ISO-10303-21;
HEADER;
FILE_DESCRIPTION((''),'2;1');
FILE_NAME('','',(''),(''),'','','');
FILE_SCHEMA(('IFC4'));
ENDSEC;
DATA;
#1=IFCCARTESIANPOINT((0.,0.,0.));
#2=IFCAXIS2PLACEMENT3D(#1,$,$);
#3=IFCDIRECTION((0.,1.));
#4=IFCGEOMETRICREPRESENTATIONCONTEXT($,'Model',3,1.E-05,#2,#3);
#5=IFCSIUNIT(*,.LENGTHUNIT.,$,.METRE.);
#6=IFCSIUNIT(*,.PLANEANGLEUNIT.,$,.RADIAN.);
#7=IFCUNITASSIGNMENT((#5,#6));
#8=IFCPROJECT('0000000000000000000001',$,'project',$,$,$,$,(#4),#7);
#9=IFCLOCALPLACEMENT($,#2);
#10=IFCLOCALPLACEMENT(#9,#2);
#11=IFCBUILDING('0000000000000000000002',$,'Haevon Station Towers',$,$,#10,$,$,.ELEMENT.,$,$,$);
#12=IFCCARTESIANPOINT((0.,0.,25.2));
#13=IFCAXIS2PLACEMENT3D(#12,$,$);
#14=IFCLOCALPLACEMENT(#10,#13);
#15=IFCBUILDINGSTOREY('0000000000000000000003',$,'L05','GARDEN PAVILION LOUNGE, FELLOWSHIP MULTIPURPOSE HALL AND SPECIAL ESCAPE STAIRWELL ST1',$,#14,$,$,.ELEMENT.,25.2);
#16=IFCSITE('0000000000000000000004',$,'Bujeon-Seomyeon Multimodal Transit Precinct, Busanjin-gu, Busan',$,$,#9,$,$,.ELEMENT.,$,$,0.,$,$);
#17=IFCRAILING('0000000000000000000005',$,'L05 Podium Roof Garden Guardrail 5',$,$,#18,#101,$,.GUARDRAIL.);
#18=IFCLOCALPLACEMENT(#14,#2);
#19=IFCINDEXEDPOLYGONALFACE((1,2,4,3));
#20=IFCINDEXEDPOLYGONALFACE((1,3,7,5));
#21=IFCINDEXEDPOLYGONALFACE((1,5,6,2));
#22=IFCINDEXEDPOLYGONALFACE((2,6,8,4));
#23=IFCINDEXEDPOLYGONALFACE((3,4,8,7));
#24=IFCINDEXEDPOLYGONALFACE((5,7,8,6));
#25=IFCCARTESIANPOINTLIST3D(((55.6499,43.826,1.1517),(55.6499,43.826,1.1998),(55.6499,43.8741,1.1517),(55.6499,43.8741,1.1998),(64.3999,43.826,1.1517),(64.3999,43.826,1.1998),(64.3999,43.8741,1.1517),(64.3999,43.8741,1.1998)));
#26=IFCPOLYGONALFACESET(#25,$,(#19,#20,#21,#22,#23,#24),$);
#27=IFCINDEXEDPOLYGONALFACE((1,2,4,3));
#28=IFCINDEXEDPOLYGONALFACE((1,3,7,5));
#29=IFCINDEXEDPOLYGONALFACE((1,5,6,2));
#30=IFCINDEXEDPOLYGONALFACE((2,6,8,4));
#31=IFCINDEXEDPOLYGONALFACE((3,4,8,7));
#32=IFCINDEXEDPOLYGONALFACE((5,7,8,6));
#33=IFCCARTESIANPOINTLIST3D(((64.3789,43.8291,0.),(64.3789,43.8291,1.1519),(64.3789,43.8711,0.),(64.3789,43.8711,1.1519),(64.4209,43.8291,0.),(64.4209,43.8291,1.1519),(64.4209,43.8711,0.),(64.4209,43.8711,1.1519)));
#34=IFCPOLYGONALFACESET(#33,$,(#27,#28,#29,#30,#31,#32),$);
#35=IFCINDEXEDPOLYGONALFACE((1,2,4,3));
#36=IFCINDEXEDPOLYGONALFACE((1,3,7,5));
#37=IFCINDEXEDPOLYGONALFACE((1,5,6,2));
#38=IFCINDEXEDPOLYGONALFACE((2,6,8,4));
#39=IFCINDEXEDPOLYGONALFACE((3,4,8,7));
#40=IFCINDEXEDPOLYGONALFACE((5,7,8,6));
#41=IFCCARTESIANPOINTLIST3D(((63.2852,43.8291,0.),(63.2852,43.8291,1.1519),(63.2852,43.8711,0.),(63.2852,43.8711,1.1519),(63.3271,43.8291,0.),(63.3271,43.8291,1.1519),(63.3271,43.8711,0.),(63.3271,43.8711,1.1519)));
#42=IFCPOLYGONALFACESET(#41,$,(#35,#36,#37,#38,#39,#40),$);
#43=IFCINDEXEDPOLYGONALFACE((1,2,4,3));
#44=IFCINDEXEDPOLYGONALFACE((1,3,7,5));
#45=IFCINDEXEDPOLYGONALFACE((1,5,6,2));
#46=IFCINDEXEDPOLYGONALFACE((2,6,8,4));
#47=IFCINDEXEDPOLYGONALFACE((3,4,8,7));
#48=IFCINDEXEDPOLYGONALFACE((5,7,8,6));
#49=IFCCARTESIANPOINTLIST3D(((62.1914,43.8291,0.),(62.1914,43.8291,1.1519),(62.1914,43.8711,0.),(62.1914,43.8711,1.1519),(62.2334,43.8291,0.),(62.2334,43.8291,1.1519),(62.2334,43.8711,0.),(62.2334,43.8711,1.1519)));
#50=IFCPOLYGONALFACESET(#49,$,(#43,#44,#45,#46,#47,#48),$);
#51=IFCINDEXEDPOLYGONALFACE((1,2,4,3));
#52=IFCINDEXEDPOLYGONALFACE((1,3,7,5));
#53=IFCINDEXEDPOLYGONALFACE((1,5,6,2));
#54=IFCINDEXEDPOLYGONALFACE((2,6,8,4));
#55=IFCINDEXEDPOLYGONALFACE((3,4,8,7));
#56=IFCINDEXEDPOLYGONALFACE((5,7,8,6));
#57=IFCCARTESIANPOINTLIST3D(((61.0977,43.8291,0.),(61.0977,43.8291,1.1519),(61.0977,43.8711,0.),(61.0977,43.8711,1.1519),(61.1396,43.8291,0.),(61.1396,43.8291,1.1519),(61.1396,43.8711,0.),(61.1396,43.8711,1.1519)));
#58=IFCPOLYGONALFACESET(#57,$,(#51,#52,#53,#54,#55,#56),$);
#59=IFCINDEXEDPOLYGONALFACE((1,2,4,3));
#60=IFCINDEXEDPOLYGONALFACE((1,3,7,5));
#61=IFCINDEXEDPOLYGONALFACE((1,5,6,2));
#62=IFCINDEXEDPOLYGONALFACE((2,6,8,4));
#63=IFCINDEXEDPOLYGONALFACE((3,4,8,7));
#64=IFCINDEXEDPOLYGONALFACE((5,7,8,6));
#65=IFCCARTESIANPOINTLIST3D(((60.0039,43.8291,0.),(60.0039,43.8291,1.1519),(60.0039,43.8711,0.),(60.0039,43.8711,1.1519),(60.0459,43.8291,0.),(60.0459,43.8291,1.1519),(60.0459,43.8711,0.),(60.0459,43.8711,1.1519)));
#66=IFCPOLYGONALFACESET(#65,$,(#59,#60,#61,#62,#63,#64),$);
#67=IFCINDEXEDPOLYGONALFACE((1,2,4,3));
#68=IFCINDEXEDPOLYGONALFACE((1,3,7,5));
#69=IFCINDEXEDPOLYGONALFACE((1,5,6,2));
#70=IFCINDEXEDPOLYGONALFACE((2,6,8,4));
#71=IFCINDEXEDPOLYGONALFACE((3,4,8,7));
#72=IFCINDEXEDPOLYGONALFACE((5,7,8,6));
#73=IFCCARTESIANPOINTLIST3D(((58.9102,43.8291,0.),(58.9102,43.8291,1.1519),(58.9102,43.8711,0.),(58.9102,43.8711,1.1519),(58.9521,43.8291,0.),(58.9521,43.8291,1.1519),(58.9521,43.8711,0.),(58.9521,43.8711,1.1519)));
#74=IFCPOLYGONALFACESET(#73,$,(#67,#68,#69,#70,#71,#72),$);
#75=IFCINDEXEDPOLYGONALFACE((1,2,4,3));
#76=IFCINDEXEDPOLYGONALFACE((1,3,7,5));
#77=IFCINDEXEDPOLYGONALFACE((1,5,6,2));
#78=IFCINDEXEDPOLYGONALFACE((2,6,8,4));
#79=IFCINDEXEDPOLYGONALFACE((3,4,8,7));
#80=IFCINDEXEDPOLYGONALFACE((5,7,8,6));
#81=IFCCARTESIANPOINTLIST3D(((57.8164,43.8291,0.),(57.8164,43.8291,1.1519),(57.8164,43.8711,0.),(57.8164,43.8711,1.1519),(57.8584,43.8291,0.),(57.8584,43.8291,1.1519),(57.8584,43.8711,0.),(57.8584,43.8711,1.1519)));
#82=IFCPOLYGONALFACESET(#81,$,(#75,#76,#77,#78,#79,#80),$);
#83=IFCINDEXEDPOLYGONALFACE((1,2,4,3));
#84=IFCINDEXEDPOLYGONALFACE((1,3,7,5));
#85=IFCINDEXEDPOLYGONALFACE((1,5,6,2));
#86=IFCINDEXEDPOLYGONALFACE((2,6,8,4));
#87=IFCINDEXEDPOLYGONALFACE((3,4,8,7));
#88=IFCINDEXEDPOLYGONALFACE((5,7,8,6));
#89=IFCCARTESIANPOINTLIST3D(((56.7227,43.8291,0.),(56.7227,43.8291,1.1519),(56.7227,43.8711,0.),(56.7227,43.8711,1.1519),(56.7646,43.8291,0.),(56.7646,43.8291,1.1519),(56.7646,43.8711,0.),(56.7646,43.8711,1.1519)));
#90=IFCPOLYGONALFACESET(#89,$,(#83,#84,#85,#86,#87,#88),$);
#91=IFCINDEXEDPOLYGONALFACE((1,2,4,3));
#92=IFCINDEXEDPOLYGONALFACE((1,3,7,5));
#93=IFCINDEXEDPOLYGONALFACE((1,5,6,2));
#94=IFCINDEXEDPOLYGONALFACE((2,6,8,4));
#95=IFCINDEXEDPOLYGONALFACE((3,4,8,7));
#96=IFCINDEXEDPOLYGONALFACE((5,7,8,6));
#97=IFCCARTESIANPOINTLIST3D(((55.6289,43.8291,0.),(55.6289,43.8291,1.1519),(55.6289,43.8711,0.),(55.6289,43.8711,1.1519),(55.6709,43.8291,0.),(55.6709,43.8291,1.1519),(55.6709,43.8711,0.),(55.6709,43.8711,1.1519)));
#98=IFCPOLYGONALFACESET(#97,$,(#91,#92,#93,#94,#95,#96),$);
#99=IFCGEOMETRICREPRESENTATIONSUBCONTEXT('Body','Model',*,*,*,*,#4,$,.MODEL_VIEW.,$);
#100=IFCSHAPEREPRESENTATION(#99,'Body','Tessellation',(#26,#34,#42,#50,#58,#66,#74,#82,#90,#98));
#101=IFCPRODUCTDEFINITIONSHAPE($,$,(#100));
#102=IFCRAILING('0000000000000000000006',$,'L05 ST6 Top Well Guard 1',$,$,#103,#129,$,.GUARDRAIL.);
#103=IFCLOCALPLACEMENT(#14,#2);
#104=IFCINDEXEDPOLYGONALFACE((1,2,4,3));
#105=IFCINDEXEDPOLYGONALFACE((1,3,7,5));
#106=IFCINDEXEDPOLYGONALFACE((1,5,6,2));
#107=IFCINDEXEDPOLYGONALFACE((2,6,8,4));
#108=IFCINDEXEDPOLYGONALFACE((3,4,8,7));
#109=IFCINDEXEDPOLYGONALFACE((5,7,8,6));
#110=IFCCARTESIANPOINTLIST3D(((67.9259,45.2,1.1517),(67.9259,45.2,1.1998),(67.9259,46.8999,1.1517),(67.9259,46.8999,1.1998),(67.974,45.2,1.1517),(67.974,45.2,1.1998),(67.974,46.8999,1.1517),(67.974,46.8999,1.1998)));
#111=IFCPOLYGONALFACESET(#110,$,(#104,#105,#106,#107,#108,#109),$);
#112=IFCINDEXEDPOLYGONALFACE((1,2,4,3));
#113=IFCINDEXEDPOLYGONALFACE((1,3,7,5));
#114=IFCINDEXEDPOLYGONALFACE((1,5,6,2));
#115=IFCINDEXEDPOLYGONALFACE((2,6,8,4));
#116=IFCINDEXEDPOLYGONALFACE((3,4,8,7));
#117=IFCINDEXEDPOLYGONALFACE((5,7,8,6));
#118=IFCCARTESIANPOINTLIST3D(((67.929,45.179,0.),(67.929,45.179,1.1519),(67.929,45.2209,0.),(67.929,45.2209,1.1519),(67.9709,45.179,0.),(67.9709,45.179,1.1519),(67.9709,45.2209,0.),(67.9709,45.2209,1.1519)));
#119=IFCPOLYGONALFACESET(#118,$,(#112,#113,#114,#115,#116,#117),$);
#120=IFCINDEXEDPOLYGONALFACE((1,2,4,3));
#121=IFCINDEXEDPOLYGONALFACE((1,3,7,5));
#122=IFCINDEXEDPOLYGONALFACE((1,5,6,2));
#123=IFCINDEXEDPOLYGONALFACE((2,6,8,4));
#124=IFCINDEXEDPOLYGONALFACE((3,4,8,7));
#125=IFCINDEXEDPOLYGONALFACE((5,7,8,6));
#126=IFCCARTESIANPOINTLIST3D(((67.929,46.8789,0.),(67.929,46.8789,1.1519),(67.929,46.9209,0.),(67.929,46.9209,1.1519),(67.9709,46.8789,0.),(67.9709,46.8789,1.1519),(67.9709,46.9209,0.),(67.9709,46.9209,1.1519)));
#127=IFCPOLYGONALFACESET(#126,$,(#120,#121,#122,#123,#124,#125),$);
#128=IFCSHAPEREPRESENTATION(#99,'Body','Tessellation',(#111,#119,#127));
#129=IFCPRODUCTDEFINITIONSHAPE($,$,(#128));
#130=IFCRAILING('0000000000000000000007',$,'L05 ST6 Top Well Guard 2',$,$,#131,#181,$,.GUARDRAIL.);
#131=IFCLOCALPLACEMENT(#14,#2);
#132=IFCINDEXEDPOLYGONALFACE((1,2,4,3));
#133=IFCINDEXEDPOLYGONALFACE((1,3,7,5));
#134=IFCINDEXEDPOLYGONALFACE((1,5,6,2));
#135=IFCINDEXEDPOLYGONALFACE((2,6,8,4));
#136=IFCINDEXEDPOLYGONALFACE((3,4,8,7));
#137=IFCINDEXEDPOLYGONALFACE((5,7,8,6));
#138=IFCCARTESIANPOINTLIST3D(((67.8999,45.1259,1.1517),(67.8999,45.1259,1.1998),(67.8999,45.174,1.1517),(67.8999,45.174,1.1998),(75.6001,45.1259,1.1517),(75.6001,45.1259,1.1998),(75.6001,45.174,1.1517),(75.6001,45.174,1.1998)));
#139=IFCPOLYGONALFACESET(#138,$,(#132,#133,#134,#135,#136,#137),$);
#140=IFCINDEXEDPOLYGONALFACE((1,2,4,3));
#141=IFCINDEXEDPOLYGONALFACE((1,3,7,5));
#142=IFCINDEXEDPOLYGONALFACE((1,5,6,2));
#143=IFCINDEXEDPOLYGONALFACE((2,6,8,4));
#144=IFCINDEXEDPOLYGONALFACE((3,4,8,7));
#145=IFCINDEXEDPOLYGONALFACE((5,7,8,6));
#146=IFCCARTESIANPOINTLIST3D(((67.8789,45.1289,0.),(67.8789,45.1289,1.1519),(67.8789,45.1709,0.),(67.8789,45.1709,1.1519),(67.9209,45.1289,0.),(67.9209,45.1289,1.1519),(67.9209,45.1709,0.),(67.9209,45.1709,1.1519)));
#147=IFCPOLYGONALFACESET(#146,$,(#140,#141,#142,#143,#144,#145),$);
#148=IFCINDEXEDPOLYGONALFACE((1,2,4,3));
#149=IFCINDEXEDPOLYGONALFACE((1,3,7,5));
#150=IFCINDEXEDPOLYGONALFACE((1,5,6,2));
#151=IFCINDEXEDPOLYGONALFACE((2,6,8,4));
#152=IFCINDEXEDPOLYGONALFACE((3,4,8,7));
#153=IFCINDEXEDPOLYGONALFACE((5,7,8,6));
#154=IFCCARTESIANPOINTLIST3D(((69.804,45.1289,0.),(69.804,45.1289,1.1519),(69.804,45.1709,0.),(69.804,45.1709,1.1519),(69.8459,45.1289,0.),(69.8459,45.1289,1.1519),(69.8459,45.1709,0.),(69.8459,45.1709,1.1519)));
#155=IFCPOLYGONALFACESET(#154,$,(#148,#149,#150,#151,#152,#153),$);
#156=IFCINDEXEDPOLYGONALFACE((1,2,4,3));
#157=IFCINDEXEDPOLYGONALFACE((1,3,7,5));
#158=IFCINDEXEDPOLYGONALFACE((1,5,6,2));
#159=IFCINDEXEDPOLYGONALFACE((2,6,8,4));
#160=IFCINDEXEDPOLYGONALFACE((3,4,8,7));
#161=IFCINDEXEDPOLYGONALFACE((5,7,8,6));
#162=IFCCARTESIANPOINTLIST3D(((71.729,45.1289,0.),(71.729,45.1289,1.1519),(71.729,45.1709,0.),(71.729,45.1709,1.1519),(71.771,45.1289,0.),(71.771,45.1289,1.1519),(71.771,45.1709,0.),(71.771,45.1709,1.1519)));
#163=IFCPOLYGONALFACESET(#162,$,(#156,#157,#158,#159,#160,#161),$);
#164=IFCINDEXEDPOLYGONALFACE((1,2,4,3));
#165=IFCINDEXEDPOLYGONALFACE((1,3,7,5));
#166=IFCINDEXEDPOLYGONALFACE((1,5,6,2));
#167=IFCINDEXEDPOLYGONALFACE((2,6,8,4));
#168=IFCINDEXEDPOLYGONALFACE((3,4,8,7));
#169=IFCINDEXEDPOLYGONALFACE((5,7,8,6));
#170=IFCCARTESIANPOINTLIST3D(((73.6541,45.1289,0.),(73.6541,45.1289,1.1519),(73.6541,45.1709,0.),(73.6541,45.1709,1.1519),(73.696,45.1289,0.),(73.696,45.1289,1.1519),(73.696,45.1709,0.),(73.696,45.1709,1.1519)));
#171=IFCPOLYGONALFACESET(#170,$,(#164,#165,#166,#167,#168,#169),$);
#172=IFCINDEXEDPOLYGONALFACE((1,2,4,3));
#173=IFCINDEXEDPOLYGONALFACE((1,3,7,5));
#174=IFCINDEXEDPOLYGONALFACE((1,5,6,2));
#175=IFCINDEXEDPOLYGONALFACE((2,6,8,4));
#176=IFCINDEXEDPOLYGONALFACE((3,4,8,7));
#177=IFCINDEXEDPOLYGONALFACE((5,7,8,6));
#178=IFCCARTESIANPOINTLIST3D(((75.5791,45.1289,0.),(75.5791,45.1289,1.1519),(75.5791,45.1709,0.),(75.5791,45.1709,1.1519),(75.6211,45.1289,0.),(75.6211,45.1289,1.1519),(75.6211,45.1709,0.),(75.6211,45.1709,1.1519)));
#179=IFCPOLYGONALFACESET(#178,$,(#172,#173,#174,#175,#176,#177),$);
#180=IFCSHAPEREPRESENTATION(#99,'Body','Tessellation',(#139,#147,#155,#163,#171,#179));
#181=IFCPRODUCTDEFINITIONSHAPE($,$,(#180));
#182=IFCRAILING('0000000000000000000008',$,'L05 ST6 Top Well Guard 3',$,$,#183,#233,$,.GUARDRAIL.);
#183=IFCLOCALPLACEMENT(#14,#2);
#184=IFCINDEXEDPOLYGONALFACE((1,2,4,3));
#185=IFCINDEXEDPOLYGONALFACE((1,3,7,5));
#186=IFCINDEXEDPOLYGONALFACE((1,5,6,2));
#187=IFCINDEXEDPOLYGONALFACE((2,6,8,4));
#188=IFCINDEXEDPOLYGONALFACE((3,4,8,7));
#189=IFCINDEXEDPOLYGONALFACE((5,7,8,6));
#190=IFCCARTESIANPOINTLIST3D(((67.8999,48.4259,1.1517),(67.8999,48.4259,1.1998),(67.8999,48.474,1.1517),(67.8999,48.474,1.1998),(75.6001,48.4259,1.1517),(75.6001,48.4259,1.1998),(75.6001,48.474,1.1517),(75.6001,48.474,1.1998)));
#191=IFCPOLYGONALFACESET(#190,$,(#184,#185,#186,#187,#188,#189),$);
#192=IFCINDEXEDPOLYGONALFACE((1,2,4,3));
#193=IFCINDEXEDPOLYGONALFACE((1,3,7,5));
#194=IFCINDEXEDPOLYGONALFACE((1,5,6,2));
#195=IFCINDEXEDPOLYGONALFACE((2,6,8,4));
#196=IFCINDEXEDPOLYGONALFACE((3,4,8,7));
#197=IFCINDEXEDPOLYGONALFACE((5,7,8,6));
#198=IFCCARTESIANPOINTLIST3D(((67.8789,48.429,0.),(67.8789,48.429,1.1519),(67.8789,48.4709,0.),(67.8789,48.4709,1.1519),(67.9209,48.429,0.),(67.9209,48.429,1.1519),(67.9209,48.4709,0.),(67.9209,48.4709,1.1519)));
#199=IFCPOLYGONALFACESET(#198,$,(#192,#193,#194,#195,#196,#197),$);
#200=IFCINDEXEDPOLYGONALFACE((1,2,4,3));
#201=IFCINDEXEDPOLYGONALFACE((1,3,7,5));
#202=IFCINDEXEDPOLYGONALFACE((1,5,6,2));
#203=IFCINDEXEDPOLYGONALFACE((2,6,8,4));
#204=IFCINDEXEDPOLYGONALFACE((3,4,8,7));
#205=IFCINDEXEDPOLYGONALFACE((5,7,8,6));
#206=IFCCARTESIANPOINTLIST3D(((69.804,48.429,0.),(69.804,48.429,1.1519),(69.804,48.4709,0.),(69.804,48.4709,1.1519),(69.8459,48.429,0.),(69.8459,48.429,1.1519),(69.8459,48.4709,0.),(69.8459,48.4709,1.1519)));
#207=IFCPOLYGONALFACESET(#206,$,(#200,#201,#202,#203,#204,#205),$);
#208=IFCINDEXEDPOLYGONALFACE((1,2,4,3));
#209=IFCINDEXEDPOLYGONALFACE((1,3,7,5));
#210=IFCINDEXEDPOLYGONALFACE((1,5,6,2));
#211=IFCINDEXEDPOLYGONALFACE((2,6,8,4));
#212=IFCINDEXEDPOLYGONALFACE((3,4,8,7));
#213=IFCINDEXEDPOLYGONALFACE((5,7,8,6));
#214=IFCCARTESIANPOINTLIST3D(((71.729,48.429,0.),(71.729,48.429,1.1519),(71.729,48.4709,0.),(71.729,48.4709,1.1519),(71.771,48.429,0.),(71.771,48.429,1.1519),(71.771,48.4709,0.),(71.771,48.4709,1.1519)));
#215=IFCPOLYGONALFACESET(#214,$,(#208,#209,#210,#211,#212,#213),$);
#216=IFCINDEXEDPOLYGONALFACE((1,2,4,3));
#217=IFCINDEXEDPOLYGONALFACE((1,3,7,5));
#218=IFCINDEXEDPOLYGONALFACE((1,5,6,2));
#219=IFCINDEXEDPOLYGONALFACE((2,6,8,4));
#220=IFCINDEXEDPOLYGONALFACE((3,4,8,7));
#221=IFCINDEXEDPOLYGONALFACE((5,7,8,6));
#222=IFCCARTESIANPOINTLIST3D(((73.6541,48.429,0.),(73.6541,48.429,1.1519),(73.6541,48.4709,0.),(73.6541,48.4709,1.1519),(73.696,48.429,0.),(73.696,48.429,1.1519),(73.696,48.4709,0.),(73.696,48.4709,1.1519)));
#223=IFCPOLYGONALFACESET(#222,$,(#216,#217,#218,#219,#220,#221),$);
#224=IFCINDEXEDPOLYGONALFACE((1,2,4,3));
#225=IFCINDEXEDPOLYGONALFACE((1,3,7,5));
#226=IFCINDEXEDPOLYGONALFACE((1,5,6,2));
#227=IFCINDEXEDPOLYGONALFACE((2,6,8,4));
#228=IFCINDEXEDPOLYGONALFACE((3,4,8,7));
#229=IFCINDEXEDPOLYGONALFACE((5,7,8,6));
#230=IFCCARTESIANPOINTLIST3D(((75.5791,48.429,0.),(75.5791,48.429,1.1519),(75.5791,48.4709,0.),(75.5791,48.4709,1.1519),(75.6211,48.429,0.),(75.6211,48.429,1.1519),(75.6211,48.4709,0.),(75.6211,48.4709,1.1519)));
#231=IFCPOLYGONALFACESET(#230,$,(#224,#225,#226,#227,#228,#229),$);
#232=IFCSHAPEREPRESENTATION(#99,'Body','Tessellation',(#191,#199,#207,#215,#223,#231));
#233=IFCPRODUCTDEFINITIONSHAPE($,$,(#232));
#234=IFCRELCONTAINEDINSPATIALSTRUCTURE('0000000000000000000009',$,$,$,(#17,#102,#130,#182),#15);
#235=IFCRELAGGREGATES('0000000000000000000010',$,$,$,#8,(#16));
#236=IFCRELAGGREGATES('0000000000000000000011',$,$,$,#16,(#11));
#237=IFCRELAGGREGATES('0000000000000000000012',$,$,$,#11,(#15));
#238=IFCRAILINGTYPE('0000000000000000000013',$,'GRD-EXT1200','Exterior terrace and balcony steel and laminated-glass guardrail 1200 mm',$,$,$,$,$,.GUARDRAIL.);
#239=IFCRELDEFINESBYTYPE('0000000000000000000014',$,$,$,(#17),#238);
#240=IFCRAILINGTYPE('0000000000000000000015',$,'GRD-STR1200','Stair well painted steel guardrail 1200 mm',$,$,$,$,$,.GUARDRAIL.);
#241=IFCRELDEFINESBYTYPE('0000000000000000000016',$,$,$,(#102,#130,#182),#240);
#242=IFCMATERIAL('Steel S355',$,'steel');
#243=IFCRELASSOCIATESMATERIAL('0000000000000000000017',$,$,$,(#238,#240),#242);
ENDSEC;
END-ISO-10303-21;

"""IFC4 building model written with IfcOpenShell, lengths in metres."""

from ifc_helpers import new_model, si_unit, direction, frame, origin, origin_2d, place, context, subcontext, project, spatial, rectangle, extrude, material, type_object, element, save


model = new_model("IFC4")

# Units and contexts
model_context = context("Model", 3, precision=1e-05, world=origin(), true_north=direction((0.0, 1.0)))
body_context = subcontext(model_context, "Body", "Model", "MODEL_VIEW")
ifc_project = project(units=[si_unit("LENGTHUNIT", "METRE"), si_unit("PLANEANGLEUNIT", "RADIAN")], contexts=[model_context])

# Site, building, storey
site_placement = place(None, origin())
site = spatial("IfcSite", under=ifc_project, at=site_placement, Name="Bujeon-Seomyeon Multimodal Transit Precinct, Busanjin-gu, Busan", CompositionType="ELEMENT", RefElevation=0.0)
building_placement = place(site_placement, origin())
building = spatial("IfcBuilding", under=site, at=building_placement, Name="Haevon Station Towers", CompositionType="ELEMENT")
storey_placement = place(building_placement, frame((0.0, 0.0, 25.2)))
storey = spatial("IfcBuildingStorey", under=building, at=storey_placement, Name="L05", Description="GARDEN PAVILION LOUNGE, FELLOWSHIP MULTIPURPOSE HALL AND SPECIAL ESCAPE STAIRWELL ST1", CompositionType="ELEMENT", Elevation=25.2)

# Railings
ifc_material_1 = material(Name="Steel S355", Category="steel")
railing_type_1 = type_object("IfcRailingType", Name="GRD-EXT1200", Description="Exterior terrace and balcony steel and laminated-glass guardrail 1200 mm", PredefinedType="GUARDRAIL", material=ifc_material_1)
railing_1_placement = place(storey_placement, frame((64.3999, 43.8501, 0.0)))
element("IfcRailing", 1, at=railing_1_placement, inside=storey, type_object=railing_type_1, Name="L05 Podium Roof Garden Guardrail 5", PredefinedType="GUARDRAIL", context=body_context, shape_type="SweptSolid", body=[
    extrude(rectangle(XDim=0.0481, YDim=0.0481, at=origin_2d()), frame((0.0, 0.0, 1.1758), z_axis=(-1.0, 0.0, 0.0), x_axis=(0.0, -1.0, 0.0)), (0.0, 0.0, 1.0), 8.75),
    extrude(rectangle(XDim=0.042, YDim=0.042, at=origin_2d()), origin(), (0.0, 0.0, 1.0), 1.1519),
    extrude(rectangle(XDim=0.042, YDim=0.042, at=origin_2d()), frame((-1.0938, 0.0, 0.0)), (0.0, 0.0, 1.0), 1.1519),
    extrude(rectangle(XDim=0.042, YDim=0.042, at=origin_2d()), frame((-2.1875, 0.0, 0.0)), (0.0, 0.0, 1.0), 1.1519),
    extrude(rectangle(XDim=0.042, YDim=0.042, at=origin_2d()), frame((-3.2812, 0.0, 0.0)), (0.0, 0.0, 1.0), 1.1519),
    extrude(rectangle(XDim=0.042, YDim=0.042, at=origin_2d()), frame((-4.375, 0.0, 0.0)), (0.0, 0.0, 1.0), 1.1519),
    extrude(rectangle(XDim=0.042, YDim=0.042, at=origin_2d()), frame((-5.4688, 0.0, 0.0)), (0.0, 0.0, 1.0), 1.1519),
    extrude(rectangle(XDim=0.042, YDim=0.042, at=origin_2d()), frame((-6.5625, 0.0, 0.0)), (0.0, 0.0, 1.0), 1.1519),
    extrude(rectangle(XDim=0.042, YDim=0.042, at=origin_2d()), frame((-7.6562, 0.0, 0.0)), (0.0, 0.0, 1.0), 1.1519),
    extrude(rectangle(XDim=0.042, YDim=0.042, at=origin_2d()), frame((-8.75, 0.0, 0.0)), (0.0, 0.0, 1.0), 1.1519),
])
railing_type_2 = type_object("IfcRailingType", Name="GRD-STR1200", Description="Stair well painted steel guardrail 1200 mm", PredefinedType="GUARDRAIL", material=ifc_material_1)
railing_2_placement = place(storey_placement, frame((67.95, 45.2, 0.0)))
element("IfcRailing", 2, at=railing_2_placement, inside=storey, type_object=railing_type_2, Name="L05 ST6 Top Well Guard 1", PredefinedType="GUARDRAIL", context=body_context, shape_type="SweptSolid", body=[
    extrude(rectangle(XDim=0.0481, YDim=0.0481, at=origin_2d()), frame((0.0, 0.0, 1.1758), z_axis=(0.0, 1.0, 0.0), x_axis=(-1.0, 0.0, 0.0)), (0.0, 0.0, 1.0), 1.7),
    extrude(rectangle(XDim=0.042, YDim=0.042, at=origin_2d()), origin(), (0.0, 0.0, 1.0), 1.1519),
    extrude(rectangle(XDim=0.042, YDim=0.042, at=origin_2d()), frame((0.0, 1.7, 0.0)), (0.0, 0.0, 1.0), 1.1519),
])
for number, where, name in (
    (3, (67.8999, 45.1499, 0.0), "L05 ST6 Top Well Guard 2"),
    (4, (67.8999, 48.45, 0.0), "L05 ST6 Top Well Guard 3"),
):
    element("IfcRailing", number, at=place(storey_placement, frame(where)), inside=storey, type_object=railing_type_2, Name=name, PredefinedType="GUARDRAIL", context=body_context, shape_type="SweptSolid", body=[
        extrude(rectangle(XDim=0.0481, YDim=0.0481, at=origin_2d()), frame((0.0, 0.0, 1.1758), z_axis=(1.0, 0.0, 0.0), x_axis=(0.0, 1.0, 0.0)), (0.0, 0.0, 1.0), 7.7002),
        extrude(rectangle(XDim=0.042, YDim=0.042, at=origin_2d()), origin(), (0.0, 0.0, 1.0), 1.1519),
        extrude(rectangle(XDim=0.042, YDim=0.042, at=origin_2d()), frame((1.925, 0.0, 0.0)), (0.0, 0.0, 1.0), 1.1519),
        extrude(rectangle(XDim=0.042, YDim=0.042, at=origin_2d()), frame((3.8501, 0.0, 0.0)), (0.0, 0.0, 1.0), 1.1519),
        extrude(rectangle(XDim=0.042, YDim=0.042, at=origin_2d()), frame((5.7751, 0.0, 0.0)), (0.0, 0.0, 1.0), 1.1519),
        extrude(rectangle(XDim=0.042, YDim=0.042, at=origin_2d()), frame((7.7002, 0.0, 0.0)), (0.0, 0.0, 1.0), 1.1519),
    ])

save(model, "model.ifc")
